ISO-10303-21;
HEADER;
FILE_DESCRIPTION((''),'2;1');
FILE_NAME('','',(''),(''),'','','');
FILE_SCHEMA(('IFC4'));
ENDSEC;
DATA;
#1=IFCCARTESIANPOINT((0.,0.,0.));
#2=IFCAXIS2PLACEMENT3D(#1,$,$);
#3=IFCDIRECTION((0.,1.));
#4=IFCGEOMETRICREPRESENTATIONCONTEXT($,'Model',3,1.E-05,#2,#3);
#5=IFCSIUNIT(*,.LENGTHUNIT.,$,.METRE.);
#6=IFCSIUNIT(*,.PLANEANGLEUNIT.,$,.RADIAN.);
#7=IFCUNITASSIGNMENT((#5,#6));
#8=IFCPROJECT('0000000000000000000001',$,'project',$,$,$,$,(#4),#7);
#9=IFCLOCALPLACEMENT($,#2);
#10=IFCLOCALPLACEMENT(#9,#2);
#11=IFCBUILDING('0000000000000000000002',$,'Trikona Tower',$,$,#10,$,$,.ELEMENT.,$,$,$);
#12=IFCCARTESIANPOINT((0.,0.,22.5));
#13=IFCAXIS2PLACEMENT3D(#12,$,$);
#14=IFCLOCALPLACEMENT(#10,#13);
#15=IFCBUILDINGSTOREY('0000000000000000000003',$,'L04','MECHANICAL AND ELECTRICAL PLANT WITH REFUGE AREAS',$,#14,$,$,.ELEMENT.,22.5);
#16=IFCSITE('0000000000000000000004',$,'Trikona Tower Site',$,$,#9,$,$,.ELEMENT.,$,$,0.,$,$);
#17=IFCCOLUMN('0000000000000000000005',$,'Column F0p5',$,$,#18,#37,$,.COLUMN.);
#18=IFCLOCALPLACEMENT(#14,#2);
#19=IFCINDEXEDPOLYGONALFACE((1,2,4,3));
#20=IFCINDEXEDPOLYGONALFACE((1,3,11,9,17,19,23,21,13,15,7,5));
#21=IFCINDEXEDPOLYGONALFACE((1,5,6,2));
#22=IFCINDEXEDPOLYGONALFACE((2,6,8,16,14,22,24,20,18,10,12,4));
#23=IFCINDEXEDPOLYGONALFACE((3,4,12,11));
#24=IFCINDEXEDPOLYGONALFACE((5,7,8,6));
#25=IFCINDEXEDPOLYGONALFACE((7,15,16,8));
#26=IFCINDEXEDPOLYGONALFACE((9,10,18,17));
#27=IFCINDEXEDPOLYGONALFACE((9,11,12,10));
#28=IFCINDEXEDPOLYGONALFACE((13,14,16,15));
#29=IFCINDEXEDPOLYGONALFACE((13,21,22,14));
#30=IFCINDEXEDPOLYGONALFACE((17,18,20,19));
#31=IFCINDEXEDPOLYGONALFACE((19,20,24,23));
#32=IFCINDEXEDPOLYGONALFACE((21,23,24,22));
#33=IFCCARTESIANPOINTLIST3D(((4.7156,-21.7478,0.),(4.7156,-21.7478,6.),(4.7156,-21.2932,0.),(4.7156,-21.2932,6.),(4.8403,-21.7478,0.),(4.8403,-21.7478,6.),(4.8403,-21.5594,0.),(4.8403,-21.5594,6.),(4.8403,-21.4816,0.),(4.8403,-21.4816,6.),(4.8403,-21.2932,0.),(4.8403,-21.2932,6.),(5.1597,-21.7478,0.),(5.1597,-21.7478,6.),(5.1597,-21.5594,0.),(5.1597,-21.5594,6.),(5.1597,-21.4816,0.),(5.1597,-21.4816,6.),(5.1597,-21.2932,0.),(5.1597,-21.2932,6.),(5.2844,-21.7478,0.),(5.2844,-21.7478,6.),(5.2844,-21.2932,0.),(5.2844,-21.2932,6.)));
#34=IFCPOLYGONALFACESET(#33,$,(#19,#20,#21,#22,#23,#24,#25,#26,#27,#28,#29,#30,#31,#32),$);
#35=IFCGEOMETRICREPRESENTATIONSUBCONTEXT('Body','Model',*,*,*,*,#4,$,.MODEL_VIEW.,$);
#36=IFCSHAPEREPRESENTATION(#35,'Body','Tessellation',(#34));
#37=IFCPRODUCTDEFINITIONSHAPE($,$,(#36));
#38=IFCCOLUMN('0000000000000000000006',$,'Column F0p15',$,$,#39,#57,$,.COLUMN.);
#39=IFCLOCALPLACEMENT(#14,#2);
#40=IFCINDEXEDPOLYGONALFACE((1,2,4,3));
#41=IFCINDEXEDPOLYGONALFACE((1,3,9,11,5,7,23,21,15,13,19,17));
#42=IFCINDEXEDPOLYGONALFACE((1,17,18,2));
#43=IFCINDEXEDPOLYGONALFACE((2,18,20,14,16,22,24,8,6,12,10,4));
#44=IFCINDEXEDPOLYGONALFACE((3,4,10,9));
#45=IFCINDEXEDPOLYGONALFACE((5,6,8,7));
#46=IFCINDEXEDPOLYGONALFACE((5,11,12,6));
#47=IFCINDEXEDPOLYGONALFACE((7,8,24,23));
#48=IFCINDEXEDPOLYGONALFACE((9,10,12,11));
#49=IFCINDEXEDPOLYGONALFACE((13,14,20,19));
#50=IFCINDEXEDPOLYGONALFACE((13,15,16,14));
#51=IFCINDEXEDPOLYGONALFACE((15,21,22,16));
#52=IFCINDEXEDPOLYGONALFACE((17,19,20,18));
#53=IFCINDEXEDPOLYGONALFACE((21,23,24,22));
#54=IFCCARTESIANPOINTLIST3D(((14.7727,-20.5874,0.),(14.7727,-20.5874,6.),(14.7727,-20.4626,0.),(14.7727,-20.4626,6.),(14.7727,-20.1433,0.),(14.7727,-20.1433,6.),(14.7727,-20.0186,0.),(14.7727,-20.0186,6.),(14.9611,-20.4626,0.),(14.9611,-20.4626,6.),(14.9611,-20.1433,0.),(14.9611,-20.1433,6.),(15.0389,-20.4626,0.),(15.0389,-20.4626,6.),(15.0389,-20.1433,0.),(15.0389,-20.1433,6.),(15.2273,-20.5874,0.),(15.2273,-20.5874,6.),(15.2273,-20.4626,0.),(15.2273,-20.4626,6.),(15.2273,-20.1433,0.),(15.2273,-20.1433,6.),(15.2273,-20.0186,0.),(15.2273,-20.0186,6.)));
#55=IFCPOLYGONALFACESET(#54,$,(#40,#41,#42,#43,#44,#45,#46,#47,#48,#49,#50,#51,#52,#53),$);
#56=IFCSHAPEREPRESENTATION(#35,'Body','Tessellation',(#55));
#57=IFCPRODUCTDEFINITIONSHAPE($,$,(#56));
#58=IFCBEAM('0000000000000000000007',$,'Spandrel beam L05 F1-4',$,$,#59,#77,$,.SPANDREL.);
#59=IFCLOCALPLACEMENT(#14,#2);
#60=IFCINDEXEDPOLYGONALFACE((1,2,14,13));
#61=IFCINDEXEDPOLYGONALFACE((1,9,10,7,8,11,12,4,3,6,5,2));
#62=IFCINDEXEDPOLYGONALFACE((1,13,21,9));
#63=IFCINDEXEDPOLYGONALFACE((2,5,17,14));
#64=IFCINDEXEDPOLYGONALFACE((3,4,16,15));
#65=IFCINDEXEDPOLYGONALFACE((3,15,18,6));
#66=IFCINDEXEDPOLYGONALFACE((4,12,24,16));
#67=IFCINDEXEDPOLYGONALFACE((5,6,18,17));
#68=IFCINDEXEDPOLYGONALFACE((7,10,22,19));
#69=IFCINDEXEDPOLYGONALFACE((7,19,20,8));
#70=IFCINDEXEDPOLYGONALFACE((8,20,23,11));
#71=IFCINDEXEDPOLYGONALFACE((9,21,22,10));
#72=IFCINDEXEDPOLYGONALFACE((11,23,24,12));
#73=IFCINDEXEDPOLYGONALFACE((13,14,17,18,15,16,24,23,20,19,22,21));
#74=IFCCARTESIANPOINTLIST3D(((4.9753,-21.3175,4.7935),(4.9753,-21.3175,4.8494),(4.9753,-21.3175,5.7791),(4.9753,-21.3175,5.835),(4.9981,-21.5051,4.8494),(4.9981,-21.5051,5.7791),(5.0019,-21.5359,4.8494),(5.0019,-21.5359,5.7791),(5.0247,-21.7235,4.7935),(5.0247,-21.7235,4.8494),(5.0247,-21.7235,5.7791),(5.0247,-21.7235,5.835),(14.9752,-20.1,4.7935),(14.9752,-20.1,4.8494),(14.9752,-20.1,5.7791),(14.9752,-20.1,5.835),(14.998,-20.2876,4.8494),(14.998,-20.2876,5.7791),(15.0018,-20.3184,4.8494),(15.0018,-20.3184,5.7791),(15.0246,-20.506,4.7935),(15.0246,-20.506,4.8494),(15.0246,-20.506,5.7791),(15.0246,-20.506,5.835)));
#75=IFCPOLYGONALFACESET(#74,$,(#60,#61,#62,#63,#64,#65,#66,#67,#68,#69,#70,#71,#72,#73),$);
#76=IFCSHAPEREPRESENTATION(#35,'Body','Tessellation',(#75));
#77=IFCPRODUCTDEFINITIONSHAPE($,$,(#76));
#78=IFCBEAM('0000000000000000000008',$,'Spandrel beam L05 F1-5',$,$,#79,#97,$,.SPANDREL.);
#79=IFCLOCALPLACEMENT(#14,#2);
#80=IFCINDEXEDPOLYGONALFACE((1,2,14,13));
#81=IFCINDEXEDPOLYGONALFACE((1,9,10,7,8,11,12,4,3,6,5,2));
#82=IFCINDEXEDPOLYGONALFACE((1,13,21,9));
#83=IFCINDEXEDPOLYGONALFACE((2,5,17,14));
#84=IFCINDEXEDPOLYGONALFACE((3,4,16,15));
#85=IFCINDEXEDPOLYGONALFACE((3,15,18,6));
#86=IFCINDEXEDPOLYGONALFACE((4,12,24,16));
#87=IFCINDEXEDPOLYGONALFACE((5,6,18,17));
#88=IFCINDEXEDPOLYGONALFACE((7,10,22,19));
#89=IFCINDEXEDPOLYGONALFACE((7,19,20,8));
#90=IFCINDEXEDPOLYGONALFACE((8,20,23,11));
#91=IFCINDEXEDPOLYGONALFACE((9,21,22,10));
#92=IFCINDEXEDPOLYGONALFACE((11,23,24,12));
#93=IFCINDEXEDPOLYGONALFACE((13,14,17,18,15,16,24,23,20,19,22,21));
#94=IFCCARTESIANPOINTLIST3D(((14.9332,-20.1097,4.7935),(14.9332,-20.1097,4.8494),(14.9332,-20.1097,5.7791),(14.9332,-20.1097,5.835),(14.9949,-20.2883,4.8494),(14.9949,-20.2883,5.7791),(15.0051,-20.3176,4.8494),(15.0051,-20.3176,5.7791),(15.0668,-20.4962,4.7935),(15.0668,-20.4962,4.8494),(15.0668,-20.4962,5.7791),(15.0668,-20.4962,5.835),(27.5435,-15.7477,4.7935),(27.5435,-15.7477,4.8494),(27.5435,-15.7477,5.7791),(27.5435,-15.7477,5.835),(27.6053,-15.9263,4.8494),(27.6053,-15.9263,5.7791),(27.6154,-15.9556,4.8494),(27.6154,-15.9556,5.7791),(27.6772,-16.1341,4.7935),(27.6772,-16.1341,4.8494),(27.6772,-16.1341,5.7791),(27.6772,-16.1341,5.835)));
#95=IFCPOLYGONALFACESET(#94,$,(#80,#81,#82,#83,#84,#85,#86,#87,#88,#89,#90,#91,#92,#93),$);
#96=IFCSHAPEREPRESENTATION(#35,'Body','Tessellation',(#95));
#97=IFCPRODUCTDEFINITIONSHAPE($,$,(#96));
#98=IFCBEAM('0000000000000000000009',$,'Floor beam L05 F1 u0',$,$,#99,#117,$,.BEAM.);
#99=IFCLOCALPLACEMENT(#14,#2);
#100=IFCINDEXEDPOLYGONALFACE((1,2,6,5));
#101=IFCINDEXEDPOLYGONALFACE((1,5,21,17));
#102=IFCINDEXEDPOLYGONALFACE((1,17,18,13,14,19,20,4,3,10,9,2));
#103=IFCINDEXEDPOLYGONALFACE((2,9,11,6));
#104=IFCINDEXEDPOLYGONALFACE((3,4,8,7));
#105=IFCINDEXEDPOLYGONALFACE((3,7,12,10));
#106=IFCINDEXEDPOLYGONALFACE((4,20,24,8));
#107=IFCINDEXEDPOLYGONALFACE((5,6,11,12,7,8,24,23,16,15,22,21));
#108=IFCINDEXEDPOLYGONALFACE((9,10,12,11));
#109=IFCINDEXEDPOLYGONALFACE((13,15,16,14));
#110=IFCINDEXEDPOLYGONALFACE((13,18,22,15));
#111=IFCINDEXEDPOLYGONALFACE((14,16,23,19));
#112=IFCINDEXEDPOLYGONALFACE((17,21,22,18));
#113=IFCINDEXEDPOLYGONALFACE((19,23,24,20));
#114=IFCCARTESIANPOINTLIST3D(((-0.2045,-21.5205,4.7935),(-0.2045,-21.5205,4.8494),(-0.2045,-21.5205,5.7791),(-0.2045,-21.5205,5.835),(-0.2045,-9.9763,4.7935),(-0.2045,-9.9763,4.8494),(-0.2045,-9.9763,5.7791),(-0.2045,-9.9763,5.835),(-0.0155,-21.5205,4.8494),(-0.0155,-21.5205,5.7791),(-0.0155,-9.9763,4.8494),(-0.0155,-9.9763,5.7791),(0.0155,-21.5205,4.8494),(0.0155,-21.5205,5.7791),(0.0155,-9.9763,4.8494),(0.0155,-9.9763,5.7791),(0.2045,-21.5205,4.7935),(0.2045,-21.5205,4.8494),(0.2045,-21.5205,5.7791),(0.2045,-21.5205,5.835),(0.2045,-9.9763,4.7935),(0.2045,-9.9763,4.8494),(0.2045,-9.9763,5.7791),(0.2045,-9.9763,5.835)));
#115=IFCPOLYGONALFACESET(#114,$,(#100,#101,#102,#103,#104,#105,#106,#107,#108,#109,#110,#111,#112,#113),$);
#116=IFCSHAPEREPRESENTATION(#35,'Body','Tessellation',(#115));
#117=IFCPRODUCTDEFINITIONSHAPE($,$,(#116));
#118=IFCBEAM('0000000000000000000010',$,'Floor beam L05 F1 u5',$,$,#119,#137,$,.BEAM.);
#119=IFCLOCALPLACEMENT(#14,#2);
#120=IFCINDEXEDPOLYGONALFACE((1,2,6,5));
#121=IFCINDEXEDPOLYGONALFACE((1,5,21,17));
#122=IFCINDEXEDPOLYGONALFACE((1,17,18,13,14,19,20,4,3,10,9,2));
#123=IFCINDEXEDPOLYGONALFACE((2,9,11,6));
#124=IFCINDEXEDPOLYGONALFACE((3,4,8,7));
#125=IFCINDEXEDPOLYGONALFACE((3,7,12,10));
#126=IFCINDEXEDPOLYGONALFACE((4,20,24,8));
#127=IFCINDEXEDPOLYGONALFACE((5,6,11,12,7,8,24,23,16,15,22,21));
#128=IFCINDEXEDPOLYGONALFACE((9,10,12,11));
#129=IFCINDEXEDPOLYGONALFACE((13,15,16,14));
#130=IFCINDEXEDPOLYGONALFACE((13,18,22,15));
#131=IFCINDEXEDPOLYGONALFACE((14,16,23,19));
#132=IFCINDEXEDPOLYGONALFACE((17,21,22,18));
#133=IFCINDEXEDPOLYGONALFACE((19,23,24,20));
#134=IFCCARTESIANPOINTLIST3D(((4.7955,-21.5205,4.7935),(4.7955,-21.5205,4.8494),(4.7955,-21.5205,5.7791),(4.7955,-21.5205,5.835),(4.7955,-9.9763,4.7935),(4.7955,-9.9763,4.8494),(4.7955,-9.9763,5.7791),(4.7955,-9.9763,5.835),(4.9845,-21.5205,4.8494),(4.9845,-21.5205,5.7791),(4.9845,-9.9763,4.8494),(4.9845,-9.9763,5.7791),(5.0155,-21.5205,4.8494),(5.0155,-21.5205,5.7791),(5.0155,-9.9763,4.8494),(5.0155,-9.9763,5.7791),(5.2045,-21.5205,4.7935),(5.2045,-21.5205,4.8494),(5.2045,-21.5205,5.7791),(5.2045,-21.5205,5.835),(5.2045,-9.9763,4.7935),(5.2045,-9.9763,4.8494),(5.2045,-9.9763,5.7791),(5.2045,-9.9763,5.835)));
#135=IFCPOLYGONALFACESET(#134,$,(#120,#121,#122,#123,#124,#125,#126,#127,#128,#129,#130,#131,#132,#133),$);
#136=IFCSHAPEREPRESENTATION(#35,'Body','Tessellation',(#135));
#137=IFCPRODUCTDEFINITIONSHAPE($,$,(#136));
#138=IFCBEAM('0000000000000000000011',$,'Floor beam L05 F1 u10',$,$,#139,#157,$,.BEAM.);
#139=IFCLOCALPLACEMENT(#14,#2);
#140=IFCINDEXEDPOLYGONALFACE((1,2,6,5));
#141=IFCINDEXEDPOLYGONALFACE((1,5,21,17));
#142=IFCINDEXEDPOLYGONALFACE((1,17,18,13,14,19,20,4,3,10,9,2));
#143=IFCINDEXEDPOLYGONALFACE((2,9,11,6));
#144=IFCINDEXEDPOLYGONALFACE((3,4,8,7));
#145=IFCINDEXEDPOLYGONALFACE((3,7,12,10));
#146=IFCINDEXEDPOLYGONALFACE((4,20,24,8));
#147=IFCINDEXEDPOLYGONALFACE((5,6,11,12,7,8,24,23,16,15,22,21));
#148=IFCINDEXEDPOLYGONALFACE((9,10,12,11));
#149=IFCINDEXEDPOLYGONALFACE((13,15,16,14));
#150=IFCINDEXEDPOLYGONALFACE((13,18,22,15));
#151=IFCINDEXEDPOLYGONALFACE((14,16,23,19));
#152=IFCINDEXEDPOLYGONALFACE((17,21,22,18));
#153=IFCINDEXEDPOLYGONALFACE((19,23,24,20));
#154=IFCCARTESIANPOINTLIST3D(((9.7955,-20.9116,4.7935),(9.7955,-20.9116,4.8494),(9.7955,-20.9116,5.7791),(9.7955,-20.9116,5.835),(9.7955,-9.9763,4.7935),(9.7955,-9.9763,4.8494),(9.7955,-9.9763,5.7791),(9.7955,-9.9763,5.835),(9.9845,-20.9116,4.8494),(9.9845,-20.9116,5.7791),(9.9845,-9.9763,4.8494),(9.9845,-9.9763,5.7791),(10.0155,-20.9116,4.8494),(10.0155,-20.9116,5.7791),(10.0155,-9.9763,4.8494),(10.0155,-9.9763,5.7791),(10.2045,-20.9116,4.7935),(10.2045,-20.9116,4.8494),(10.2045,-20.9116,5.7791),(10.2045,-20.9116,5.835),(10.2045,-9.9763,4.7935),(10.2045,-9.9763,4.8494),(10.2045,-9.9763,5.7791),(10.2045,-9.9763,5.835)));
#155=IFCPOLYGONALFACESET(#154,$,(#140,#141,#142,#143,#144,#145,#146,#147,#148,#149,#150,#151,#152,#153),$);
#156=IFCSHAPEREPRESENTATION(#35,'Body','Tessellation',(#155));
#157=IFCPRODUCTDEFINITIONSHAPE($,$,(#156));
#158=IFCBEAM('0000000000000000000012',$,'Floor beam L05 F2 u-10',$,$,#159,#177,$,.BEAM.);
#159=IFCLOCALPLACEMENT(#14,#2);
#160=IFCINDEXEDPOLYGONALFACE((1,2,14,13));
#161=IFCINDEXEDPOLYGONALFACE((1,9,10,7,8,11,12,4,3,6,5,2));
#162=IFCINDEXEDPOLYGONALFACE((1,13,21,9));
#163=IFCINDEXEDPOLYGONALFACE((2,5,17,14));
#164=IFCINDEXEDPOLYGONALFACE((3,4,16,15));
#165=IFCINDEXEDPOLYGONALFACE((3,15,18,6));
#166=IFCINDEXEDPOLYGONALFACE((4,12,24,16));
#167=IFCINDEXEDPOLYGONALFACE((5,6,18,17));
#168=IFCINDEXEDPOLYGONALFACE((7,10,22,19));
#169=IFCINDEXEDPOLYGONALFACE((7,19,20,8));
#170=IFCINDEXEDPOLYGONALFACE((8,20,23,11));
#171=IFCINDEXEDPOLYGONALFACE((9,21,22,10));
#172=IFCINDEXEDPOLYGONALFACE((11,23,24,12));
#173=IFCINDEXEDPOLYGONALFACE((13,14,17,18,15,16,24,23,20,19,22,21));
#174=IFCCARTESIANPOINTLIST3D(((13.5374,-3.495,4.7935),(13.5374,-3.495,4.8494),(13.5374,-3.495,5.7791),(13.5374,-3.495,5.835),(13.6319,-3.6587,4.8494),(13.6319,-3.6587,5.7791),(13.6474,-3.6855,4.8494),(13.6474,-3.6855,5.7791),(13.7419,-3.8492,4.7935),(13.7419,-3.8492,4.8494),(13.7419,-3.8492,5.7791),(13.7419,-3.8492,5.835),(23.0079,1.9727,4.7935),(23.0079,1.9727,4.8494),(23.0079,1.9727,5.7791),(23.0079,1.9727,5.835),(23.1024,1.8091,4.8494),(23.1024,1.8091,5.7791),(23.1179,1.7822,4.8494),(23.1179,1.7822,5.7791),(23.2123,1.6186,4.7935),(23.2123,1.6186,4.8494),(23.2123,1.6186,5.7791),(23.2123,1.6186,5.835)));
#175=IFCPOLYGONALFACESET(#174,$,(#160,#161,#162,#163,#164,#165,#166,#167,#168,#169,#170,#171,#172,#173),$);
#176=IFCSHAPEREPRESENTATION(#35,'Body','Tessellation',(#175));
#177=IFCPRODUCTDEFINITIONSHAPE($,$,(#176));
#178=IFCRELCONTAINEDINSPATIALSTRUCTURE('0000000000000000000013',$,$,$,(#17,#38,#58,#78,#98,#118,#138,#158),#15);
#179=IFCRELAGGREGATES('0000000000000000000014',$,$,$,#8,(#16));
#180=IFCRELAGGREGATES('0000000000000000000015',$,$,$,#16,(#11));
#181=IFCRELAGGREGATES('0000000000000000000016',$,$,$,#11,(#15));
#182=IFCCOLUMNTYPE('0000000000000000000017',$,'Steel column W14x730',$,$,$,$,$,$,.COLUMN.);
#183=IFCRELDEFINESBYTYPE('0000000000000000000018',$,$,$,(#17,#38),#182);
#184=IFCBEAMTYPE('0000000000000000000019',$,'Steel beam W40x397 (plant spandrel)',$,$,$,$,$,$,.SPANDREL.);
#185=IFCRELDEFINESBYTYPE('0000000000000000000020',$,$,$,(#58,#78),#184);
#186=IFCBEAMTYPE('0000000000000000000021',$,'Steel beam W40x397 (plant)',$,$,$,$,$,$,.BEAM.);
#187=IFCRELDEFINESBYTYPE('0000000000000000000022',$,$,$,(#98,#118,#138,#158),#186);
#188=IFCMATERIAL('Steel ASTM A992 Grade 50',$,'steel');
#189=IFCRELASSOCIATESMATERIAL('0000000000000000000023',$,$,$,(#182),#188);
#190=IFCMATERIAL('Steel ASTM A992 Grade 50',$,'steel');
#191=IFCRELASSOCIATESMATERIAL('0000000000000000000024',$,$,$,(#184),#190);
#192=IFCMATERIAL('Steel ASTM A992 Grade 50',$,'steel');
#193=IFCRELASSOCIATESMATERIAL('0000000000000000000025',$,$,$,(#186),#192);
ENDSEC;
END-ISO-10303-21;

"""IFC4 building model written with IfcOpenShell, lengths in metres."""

from ifc_helpers import new_model, si_unit, direction, frame, origin, origin_2d, place, context, subcontext, project, spatial, i_section, extrude, material, material_profile, profile_set, type_object, element, save


model = new_model("IFC4")

# Units and contexts
model_context = context("Model", 3, precision=1e-05, world=origin(), true_north=direction((0.0, 1.0)))
body_context = subcontext(model_context, "Body", "Model", "MODEL_VIEW")
ifc_project = project(units=[si_unit("LENGTHUNIT", "METRE"), si_unit("PLANEANGLEUNIT", "RADIAN")], contexts=[model_context])

# Site, building, storey
site_placement = place(None, origin())
site = spatial("IfcSite", under=ifc_project, at=site_placement, Name="Trikona Tower Site", CompositionType="ELEMENT", RefElevation=0.0)
building_placement = place(site_placement, origin())
building = spatial("IfcBuilding", under=site, at=building_placement, Name="Trikona Tower", CompositionType="ELEMENT")
storey_placement = place(building_placement, frame((0.0, 0.0, 22.5)))
storey = spatial("IfcBuildingStorey", under=building, at=storey_placement, Name="L04", Description="MECHANICAL AND ELECTRICAL PLANT WITH REFUGE AREAS", CompositionType="ELEMENT", Elevation=22.5)

# Columns
ifc_material_1 = material(Name="Steel ASTM A992 Grade 50", Category="steel")
ifc_material_profile_1 = material_profile(ifc_material_1, i_section(OverallWidth=0.4546, OverallDepth=0.5688, WebThickness=0.0779, FlangeThickness=0.1248, at=origin_2d()), Name="W14X730")
ifc_profile_set_1 = profile_set([ifc_material_profile_1], Name="Steel ASTM A992 Grade 50")
column_type = type_object("IfcColumnType", Name="Steel column W14x730", PredefinedType="COLUMN", material=ifc_profile_set_1)
for number, where, z_axis, x_axis, name in (
    (1, (5.0, -21.5205, 0.0), (0.0, 0.0, 1.0), (0.0, -1.0, 0.0), "Column F0p5"),
    (2, (15.0, -20.303, 0.0), (0.0, 0.0, 1.0), (1.0, 0.0, 0.0), "Column F0p15"),
):
    element("IfcColumn", number, at=place(storey_placement, frame(where, z_axis=z_axis, x_axis=x_axis)), inside=storey, type_object=column_type, Name=name, PredefinedType="COLUMN", context=body_context, shape_type="SweptSolid", body=[
        extrude(i_section(OverallWidth=0.4546, OverallDepth=0.5688, WebThickness=0.0779, FlangeThickness=0.1248, at=origin_2d()), origin(), (0.0, 0.0, 1.0), 6.0),
    ])

# Beams
ifc_material_2 = material(Name="Steel ASTM A992 Grade 50", Category="steel")
ifc_material_profile_2 = material_profile(ifc_material_2, i_section(OverallWidth=0.4089, OverallDepth=1.0415, WebThickness=0.031, FlangeThickness=0.0559, at=origin_2d()), Name="W40X397")
ifc_profile_set_2 = profile_set([ifc_material_profile_2], Name="Steel ASTM A992 Grade 50")
beam_type_1 = type_object("IfcBeamType", Name="Steel beam W40x397 (plant spandrel)", PredefinedType="SPANDREL", material=ifc_profile_set_2)
beam_1_placement = place(storey_placement, frame((5.0, -21.5205, 5.3142), z_axis=(0.99267, 0.12086, 0.0), x_axis=(-0.12086, 0.99267, 0.0)))
element("IfcBeam", 3, at=beam_1_placement, inside=storey, type_object=beam_type_1, Name="Spandrel beam L05 F1-4", PredefinedType="SPANDREL", context=body_context, shape_type="SweptSolid", body=[
    extrude(i_section(OverallWidth=0.4089, OverallDepth=1.0415, WebThickness=0.031, FlangeThickness=0.0559, at=origin_2d()), origin(), (0.0, 0.0, 1.0), 10.0737),
])
beam_2_placement = place(storey_placement, frame((15.0, -20.303, 5.3142), z_axis=(0.945057, 0.326906, 0.0), x_axis=(-0.326906, 0.945057, 0.0)))
element("IfcBeam", 4, at=beam_2_placement, inside=storey, type_object=beam_type_1, Name="Spandrel beam L05 F1-5", PredefinedType="SPANDREL", context=body_context, shape_type="SweptSolid", body=[
    extrude(i_section(OverallWidth=0.4089, OverallDepth=1.0415, WebThickness=0.031, FlangeThickness=0.0559, at=origin_2d()), origin(), (0.0, 0.0, 1.0), 13.3435),
])
ifc_material_3 = material(Name="Steel ASTM A992 Grade 50", Category="steel")
ifc_material_profile_3 = material_profile(ifc_material_3, i_section(OverallWidth=0.4089, OverallDepth=1.0415, WebThickness=0.031, FlangeThickness=0.0559, at=origin_2d()), Name="W40X397")
ifc_profile_set_3 = profile_set([ifc_material_profile_3], Name="Steel ASTM A992 Grade 50")
beam_type_2 = type_object("IfcBeamType", Name="Steel beam W40x397 (plant)", PredefinedType="BEAM", material=ifc_profile_set_3)
for number, where, z_axis, x_axis, name in (
    (5, (0.0, -9.9763, 5.3142), (0.0, -1.0, 0.0), (1.0, 0.0, 0.0), "Floor beam L05 F1 u0"),
    (6, (5.0, -9.9763, 5.3142), (0.0, -1.0, 0.0), (1.0, 0.0, 0.0), "Floor beam L05 F1 u5"),
):
    element("IfcBeam", number, at=place(storey_placement, frame(where, z_axis=z_axis, x_axis=x_axis)), inside=storey, type_object=beam_type_2, Name=name, PredefinedType="BEAM", context=body_context, shape_type="SweptSolid", body=[
        extrude(i_section(OverallWidth=0.4089, OverallDepth=1.0415, WebThickness=0.031, FlangeThickness=0.0559, at=origin_2d()), origin(), (0.0, 0.0, 1.0), 11.5442),
    ])
beam_3_placement = place(storey_placement, frame((10.0, -9.9763, 5.3142), z_axis=(0.0, -1.0, 0.0), x_axis=(1.0, 0.0, 0.0)))
element("IfcBeam", 7, at=beam_3_placement, inside=storey, type_object=beam_type_2, Name="Floor beam L05 F1 u10", PredefinedType="BEAM", context=body_context, shape_type="SweptSolid", body=[
    extrude(i_section(OverallWidth=0.4089, OverallDepth=1.0415, WebThickness=0.031, FlangeThickness=0.0559, at=origin_2d()), origin(), (0.0, 0.0, 1.0), 10.9353),
])
beam_4_placement = place(storey_placement, frame((13.6396, -3.6721, 5.3142), z_axis=(0.866025, 0.5, 0.0), x_axis=(-0.5, 0.866025, 0.0)))
element("IfcBeam", 8, at=beam_4_placement, inside=storey, type_object=beam_type_2, Name="Floor beam L05 F2 u-10", PredefinedType="BEAM", context=body_context, shape_type="SweptSolid", body=[
    extrude(i_section(OverallWidth=0.4089, OverallDepth=1.0415, WebThickness=0.031, FlangeThickness=0.0559, at=origin_2d()), origin(), (0.0, 0.0, 1.0), 10.9355),
])

save(model, "model.ifc")
